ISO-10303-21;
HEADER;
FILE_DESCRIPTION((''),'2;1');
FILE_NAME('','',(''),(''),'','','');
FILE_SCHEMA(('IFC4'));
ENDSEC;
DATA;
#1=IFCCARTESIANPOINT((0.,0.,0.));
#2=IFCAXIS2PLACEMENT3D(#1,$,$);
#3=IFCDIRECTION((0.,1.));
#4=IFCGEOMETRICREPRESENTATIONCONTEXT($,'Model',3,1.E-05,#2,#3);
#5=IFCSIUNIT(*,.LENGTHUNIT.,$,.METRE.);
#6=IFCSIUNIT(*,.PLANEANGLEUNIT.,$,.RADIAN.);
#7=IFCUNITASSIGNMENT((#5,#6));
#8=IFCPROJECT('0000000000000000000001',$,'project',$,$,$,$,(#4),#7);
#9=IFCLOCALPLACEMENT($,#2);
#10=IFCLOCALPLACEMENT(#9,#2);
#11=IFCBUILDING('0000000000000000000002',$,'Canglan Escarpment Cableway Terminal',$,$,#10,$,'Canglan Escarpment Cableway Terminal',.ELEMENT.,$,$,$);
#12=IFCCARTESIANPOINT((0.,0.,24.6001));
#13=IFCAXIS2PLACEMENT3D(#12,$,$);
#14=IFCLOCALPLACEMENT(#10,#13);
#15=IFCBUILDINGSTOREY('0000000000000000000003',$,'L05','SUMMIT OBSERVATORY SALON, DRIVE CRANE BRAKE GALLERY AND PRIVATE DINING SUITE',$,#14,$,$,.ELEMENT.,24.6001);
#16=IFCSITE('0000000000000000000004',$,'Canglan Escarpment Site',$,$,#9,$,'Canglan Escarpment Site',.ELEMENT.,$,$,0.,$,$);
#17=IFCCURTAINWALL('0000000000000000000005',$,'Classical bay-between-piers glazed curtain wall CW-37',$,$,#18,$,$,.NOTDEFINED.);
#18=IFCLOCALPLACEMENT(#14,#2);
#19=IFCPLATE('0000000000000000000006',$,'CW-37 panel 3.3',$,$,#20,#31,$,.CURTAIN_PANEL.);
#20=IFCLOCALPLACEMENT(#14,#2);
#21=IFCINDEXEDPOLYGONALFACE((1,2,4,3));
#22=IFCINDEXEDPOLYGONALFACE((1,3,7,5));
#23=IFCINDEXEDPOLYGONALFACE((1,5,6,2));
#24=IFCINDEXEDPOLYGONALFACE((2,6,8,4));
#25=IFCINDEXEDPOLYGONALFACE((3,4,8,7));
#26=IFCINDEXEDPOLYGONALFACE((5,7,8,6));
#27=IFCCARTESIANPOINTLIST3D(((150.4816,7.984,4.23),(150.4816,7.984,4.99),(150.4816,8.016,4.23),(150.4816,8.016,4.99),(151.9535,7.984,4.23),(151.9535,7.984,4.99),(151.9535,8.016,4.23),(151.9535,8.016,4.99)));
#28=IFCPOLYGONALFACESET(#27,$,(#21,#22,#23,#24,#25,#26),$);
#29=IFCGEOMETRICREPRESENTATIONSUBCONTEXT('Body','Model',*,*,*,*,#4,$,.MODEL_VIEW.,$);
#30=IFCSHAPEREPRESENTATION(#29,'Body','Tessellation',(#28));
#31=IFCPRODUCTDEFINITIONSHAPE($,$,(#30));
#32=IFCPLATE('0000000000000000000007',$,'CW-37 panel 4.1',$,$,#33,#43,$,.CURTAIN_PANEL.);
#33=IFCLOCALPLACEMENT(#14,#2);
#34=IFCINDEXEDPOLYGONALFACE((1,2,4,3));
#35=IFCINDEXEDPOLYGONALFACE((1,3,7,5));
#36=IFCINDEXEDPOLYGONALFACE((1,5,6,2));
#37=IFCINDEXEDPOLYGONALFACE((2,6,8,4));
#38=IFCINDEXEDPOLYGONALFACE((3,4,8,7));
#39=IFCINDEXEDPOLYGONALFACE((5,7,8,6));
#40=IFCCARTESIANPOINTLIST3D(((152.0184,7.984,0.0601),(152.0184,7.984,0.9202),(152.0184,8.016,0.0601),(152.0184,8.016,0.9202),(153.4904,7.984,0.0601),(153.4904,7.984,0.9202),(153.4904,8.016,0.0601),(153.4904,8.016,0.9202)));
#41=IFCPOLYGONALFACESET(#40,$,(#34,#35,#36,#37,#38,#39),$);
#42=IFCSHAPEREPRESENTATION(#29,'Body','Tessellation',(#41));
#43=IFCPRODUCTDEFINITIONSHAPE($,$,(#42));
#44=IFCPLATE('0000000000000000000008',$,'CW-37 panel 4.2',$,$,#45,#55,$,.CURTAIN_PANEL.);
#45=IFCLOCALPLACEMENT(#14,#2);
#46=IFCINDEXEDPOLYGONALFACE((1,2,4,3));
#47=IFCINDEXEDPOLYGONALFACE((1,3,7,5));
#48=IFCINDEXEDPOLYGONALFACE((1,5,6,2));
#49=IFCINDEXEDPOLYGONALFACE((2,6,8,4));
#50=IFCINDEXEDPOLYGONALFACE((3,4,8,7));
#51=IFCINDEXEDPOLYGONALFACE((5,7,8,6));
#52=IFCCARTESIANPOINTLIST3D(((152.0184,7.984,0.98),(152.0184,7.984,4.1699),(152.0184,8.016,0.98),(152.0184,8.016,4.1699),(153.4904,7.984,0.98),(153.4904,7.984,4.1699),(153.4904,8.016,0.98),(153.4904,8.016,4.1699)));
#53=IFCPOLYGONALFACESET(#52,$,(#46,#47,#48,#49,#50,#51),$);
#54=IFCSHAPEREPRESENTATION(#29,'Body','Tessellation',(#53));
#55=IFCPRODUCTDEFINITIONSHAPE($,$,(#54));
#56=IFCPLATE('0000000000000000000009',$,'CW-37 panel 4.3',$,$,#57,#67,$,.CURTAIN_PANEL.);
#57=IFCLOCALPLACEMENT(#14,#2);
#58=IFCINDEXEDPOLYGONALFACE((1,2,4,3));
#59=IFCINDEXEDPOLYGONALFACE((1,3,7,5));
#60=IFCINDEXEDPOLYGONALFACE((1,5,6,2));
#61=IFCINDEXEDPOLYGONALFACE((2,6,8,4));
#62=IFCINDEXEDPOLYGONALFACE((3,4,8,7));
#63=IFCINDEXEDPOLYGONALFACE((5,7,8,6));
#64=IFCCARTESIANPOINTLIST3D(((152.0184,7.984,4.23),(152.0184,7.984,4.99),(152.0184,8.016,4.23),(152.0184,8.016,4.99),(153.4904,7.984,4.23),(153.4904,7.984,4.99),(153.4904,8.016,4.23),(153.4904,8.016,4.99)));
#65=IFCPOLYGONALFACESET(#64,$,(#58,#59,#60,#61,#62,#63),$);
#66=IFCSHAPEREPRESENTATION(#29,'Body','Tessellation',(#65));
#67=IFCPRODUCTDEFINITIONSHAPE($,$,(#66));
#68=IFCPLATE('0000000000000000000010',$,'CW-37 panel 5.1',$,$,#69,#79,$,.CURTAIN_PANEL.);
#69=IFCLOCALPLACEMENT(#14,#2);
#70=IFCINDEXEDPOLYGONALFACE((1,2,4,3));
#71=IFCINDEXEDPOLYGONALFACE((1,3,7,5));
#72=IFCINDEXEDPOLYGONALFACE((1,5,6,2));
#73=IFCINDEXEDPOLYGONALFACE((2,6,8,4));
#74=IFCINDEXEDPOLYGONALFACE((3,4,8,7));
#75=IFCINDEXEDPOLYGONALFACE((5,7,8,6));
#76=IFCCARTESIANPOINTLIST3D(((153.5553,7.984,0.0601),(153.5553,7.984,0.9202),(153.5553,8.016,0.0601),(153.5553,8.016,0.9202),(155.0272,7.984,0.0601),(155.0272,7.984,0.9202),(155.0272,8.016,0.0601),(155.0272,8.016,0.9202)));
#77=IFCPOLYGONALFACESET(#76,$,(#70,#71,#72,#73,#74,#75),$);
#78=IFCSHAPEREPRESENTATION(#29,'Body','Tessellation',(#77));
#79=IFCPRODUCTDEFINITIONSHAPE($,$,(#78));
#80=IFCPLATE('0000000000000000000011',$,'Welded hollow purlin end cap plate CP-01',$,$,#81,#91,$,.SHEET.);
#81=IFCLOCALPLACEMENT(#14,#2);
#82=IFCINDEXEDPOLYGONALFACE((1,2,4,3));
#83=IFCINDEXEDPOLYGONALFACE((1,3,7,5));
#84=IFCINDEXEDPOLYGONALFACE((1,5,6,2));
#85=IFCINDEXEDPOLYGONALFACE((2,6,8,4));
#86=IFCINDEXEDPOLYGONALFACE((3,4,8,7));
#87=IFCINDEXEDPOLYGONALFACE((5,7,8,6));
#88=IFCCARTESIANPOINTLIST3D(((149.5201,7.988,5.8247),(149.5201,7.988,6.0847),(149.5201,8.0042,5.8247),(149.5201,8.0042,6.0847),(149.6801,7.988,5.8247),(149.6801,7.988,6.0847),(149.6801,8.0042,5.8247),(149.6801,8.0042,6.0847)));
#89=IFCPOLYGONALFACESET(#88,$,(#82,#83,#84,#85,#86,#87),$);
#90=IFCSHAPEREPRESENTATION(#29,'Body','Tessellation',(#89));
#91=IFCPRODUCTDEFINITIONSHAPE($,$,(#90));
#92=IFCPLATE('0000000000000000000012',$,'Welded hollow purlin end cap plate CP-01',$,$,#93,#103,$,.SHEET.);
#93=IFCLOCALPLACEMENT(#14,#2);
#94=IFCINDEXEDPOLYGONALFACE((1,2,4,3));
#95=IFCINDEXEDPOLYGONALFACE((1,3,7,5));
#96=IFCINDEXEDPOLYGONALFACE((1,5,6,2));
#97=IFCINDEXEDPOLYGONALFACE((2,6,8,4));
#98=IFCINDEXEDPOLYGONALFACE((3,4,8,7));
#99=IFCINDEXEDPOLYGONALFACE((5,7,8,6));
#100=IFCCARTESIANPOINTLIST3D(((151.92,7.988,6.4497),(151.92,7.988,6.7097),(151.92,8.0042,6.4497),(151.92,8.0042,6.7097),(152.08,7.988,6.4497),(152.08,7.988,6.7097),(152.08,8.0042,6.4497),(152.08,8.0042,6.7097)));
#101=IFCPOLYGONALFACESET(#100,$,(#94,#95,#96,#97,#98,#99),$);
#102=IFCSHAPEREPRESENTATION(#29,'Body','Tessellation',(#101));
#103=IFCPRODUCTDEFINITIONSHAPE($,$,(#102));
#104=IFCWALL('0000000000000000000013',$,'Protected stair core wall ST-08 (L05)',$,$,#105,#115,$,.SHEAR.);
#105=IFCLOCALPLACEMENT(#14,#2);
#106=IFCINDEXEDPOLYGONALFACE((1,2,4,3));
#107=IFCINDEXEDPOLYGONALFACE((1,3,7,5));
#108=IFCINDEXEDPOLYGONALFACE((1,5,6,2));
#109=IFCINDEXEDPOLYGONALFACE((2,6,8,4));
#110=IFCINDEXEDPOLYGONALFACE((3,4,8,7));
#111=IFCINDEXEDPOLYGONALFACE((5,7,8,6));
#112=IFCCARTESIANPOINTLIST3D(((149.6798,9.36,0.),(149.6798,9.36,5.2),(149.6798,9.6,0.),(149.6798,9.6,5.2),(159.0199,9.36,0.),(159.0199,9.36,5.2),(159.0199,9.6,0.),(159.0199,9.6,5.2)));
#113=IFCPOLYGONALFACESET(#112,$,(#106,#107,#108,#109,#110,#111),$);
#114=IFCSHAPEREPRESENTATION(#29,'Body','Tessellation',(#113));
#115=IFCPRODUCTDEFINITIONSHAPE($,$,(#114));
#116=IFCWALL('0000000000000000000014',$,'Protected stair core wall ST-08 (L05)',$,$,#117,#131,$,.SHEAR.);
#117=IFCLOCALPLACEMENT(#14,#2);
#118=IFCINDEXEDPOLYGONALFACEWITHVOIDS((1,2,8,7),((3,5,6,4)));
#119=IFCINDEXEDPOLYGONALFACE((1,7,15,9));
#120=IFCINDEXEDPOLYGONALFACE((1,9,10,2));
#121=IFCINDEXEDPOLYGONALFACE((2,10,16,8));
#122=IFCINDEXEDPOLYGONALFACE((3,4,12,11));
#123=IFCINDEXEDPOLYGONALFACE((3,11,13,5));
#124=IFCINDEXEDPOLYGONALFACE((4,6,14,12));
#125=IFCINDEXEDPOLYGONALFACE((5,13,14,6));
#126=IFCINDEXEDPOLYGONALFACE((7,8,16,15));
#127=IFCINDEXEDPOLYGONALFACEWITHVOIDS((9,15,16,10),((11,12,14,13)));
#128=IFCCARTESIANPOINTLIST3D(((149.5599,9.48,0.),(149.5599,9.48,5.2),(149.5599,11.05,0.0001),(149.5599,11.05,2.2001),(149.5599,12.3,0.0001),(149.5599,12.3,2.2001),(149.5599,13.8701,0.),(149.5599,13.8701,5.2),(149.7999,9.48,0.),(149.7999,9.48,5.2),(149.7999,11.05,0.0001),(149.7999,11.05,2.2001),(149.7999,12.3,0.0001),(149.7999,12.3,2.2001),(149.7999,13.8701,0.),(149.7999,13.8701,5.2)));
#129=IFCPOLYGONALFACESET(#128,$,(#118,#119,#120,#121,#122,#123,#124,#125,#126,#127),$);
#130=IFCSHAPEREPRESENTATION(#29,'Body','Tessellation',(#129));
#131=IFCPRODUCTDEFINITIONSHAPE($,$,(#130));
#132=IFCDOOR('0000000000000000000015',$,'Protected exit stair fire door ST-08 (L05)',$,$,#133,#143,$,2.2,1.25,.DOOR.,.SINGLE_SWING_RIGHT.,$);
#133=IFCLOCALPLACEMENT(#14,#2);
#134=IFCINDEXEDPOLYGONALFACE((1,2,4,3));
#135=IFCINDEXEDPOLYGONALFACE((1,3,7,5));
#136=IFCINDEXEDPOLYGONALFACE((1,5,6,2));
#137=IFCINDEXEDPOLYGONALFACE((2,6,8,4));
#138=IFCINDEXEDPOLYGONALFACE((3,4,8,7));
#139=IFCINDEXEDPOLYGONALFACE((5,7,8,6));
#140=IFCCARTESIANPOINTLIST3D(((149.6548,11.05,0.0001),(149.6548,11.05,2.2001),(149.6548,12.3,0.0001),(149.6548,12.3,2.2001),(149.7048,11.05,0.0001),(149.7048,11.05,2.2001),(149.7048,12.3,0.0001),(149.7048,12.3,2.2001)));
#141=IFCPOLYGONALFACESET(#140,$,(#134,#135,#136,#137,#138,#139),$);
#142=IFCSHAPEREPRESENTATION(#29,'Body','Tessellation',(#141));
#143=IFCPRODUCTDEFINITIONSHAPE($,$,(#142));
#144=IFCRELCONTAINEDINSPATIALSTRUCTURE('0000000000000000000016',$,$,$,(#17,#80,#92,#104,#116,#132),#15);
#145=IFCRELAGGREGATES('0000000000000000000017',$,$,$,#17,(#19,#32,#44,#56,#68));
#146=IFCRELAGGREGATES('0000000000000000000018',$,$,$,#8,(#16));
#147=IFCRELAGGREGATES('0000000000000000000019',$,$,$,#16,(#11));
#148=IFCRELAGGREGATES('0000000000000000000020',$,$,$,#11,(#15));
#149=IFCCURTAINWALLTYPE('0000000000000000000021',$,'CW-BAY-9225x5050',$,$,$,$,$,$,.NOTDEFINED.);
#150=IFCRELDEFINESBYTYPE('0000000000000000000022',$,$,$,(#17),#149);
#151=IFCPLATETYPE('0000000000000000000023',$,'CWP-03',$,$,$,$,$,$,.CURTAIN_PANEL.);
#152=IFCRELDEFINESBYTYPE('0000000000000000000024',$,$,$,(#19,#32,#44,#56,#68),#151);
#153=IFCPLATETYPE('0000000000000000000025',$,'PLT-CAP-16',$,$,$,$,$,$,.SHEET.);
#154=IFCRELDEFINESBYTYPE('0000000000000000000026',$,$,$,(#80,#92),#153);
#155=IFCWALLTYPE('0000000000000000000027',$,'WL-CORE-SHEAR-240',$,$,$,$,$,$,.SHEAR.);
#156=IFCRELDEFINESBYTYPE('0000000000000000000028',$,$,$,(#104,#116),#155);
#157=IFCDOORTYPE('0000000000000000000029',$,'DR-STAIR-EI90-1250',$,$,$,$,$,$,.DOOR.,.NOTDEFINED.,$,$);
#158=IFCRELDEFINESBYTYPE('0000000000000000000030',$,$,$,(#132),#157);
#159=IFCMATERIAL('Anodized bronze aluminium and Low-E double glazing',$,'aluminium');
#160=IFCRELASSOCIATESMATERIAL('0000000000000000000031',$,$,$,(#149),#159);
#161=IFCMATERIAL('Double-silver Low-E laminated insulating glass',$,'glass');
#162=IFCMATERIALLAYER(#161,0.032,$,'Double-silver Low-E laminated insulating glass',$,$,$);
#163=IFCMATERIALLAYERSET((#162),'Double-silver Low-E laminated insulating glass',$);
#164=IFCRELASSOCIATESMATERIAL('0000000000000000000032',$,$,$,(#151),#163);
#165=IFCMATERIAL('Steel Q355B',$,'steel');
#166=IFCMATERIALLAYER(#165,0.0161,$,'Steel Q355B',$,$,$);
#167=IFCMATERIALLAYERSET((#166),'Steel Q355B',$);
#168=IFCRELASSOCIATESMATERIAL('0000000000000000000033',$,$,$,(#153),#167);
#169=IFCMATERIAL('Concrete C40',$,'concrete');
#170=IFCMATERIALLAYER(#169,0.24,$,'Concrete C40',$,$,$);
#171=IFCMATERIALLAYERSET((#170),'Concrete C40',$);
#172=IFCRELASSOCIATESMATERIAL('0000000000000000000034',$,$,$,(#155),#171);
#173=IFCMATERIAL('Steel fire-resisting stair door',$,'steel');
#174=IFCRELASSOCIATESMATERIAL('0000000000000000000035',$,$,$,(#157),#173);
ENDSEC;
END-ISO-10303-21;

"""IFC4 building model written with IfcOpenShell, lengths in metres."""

from ifc_helpers import new_model, si_unit, direction, frame, frame_2d, origin, origin_2d, place, context, subcontext, project, spatial, rectangle, extrude, material, layer, layer_set, type_object, element, fill, aggregate, save


model = new_model("IFC4")

# Units and contexts
model_context = context("Model", 3, precision=1e-05, world=origin(), true_north=direction((0.0, 1.0)))
body_context = subcontext(model_context, "Body", "Model", "MODEL_VIEW")
ifc_project = project(units=[si_unit("LENGTHUNIT", "METRE"), si_unit("PLANEANGLEUNIT", "RADIAN")], contexts=[model_context])

# Site, building, storey
site_placement = place(None, origin())
site = spatial("IfcSite", under=ifc_project, at=site_placement, Name="Canglan Escarpment Site", LongName="Canglan Escarpment Site", CompositionType="ELEMENT", RefElevation=0.0)
building_placement = place(site_placement, origin())
building = spatial("IfcBuilding", under=site, at=building_placement, Name="Canglan Escarpment Cableway Terminal", LongName="Canglan Escarpment Cableway Terminal", CompositionType="ELEMENT")
storey_placement = place(building_placement, frame((0.0, 0.0, 24.6001)))
storey = spatial("IfcBuildingStorey", under=building, at=storey_placement, Name="L05", Description="SUMMIT OBSERVATORY SALON, DRIVE CRANE BRAKE GALLERY AND PRIVATE DINING SUITE", CompositionType="ELEMENT", Elevation=24.6001)

# Curtain wall
ifc_material_1 = material(Name="Anodized bronze aluminium and Low-E double glazing", Category="aluminium")
curtain_wall_type = type_object("IfcCurtainWallType", Name="CW-BAY-9225x5050", PredefinedType="NOTDEFINED", material=ifc_material_1)
curtain_wall_placement = place(storey_placement, origin())
curtain_wall = element("IfcCurtainWall", 1, at=curtain_wall_placement, inside=storey, type_object=curtain_wall_type, Name="Classical bay-between-piers glazed curtain wall CW-37", PredefinedType="NOTDEFINED")

# Shared definitions
ifc_material_2 = material(Name="Steel Q355B", Category="steel")

# Plates
ifc_material_3 = material(Name="Double-silver Low-E laminated insulating glass", Category="glass")
ifc_layer_1 = layer(ifc_material_3, 0.032, Name="Double-silver Low-E laminated insulating glass")
ifc_layer_set_1 = layer_set([ifc_layer_1], Name="Double-silver Low-E laminated insulating glass")
plate_type_1 = type_object("IfcPlateType", Name="CWP-03", PredefinedType="CURTAIN_PANEL", material=ifc_layer_set_1)
plate_1_placement = place(storey_placement, frame((151.2175, 8.0, 4.23), z_axis=(0.0, 0.0, 1.0), x_axis=(1.0, 0.0, 0.0)))
plate_1 = element("IfcPlate", 2, at=plate_1_placement, type_object=plate_type_1, Name="CW-37 panel 3.3", PredefinedType="CURTAIN_PANEL", context=body_context, shape_type="SweptSolid", body=[
    extrude(rectangle(XDim=1.4719, YDim=0.032, at=origin_2d()), origin(), (0.0, 0.0, 1.0), 0.76),
])
plate_2_placement = place(storey_placement, frame((152.7544, 8.0, 0.0601), z_axis=(0.0, 0.0, 1.0), x_axis=(1.0, 0.0, 0.0)))
plate_2 = element("IfcPlate", 3, at=plate_2_placement, type_object=plate_type_1, Name="CW-37 panel 4.1", PredefinedType="CURTAIN_PANEL", context=body_context, shape_type="SweptSolid", body=[
    extrude(rectangle(XDim=1.4719, YDim=0.032, at=origin_2d()), origin(), (0.0, 0.0, 1.0), 0.8601),
])
plate_3_placement = place(storey_placement, frame((152.7544, 8.0, 0.98), z_axis=(0.0, 0.0, 1.0), x_axis=(1.0, 0.0, 0.0)))
plate_3 = element("IfcPlate", 4, at=plate_3_placement, type_object=plate_type_1, Name="CW-37 panel 4.2", PredefinedType="CURTAIN_PANEL", context=body_context, shape_type="SweptSolid", body=[
    extrude(rectangle(XDim=1.4719, YDim=0.032, at=origin_2d()), origin(), (0.0, 0.0, 1.0), 3.1899),
])
plate_4_placement = place(storey_placement, frame((152.7544, 8.0, 4.23), z_axis=(0.0, 0.0, 1.0), x_axis=(1.0, 0.0, 0.0)))
plate_4 = element("IfcPlate", 5, at=plate_4_placement, type_object=plate_type_1, Name="CW-37 panel 4.3", PredefinedType="CURTAIN_PANEL", context=body_context, shape_type="SweptSolid", body=[
    extrude(rectangle(XDim=1.4719, YDim=0.032, at=origin_2d()), origin(), (0.0, 0.0, 1.0), 0.76),
])
plate_5_placement = place(storey_placement, frame((154.2913, 8.0, 0.0601), z_axis=(0.0, 0.0, 1.0), x_axis=(1.0, 0.0, 0.0)))
plate_5 = element("IfcPlate", 6, at=plate_5_placement, type_object=plate_type_1, Name="CW-37 panel 5.1", PredefinedType="CURTAIN_PANEL", context=body_context, shape_type="SweptSolid", body=[
    extrude(rectangle(XDim=1.4719, YDim=0.032, at=origin_2d()), origin(), (0.0, 0.0, 1.0), 0.8601),
])
aggregate(curtain_wall, [plate_1, plate_2, plate_3, plate_4, plate_5])

# Plates
ifc_layer_2 = layer(ifc_material_2, 0.0161, Name="Steel Q355B")
ifc_layer_set_2 = layer_set([ifc_layer_2], Name="Steel Q355B")
plate_type_2 = type_object("IfcPlateType", Name="PLT-CAP-16", PredefinedType="SHEET", material=ifc_layer_set_2)
for number, where, z_axis, x_axis, name in (
    (7, (149.6001, 7.9961, 5.8247), (0.0, 0.0, 1.0), (1.0, 0.0, 0.0), "Welded hollow purlin end cap plate CP-01"),
    (8, (152.0, 7.9961, 6.4497), (0.0, 0.0, 1.0), (1.0, 0.0, 0.0), "Welded hollow purlin end cap plate CP-01"),
):
    element("IfcPlate", number, at=place(storey_placement, frame(where, z_axis=z_axis, x_axis=x_axis)), inside=storey, type_object=plate_type_2, Name=name, PredefinedType="SHEET", context=body_context, shape_type="SweptSolid", body=[
        extrude(rectangle(XDim=0.1599, YDim=0.0161, at=origin_2d()), origin(), (0.0, 0.0, 1.0), 0.26),
    ])

# Wall
ifc_material_4 = material(Name="Concrete C40", Category="concrete")
ifc_layer_3 = layer(ifc_material_4, 0.24, Name="Concrete C40")
ifc_layer_set_3 = layer_set([ifc_layer_3], Name="Concrete C40")
wall_type = type_object("IfcWallType", Name="WL-CORE-SHEAR-240", PredefinedType="SHEAR", material=ifc_layer_set_3)
wall_1_placement = place(storey_placement, frame((149.6799, 9.48, 0.0), z_axis=(0.0, 0.0, 1.0), x_axis=(1.0, 0.0, 0.0)))
element("IfcWall", 9, at=wall_1_placement, inside=storey, type_object=wall_type, Name="Protected stair core wall ST-08 (L05)", PredefinedType="SHEAR", context=body_context, shape_type="SweptSolid", body=[
    extrude(rectangle(XDim=9.3401, YDim=0.24, at=frame_2d((4.6699, 0.0))), origin(), (0.0, 0.0, 1.0), 5.2),
])

# Wall, opening, door
wall_2_placement = place(storey_placement, frame((149.6799, 13.8701, 0.0), z_axis=(0.0, 0.0, 1.0), x_axis=(0.0, -1.0, 0.0)))
wall_2 = element("IfcWall", 10, at=wall_2_placement, inside=storey, type_object=wall_type, Name="Protected stair core wall ST-08 (L05)", PredefinedType="SHEAR", context=body_context, shape_type="SweptSolid", body=[
    extrude(rectangle(XDim=4.3901, YDim=0.24, at=frame_2d((2.1951, 0.0))), origin(), (0.0, 0.0, 1.0), 5.2),
])
opening_placement = place(wall_2_placement, frame((1.5701, 0.0, 0.0)))
opening = element("IfcOpeningElement", 11, at=opening_placement, cuts=wall_2, PredefinedType="OPENING", context=body_context, shape_type="SweptSolid", body=[
    extrude(rectangle(XDim=1.25, YDim=2.2, at=frame_2d((0.625, 1.1001))), frame((0.0, 0.1299, 0.0), z_axis=(0.0, -1.0, 0.0), x_axis=(1.0, 0.0, 0.0)), (0.0, 0.0, 1.0), 0.26),
])
ifc_material_5 = material(Name="Steel fire-resisting stair door", Category="steel")
door_type = type_object("IfcDoorType", Name="DR-STAIR-EI90-1250", OperationType="NOTDEFINED", PredefinedType="DOOR", material=ifc_material_5)
door_placement = place(opening_placement, origin())
door = element("IfcDoor", 12, at=door_placement, inside=storey, type_object=door_type, Name="Protected exit stair fire door ST-08 (L05)", OperationType="SINGLE_SWING_RIGHT", OverallHeight=2.2, OverallWidth=1.25, PredefinedType="DOOR", context=body_context, shape_type="SweptSolid", body=[
    extrude(rectangle(XDim=1.25, YDim=2.2, at=frame_2d((0.625, 1.1001))), frame((0.0, 0.0249, 0.0), z_axis=(0.0, -1.0, 0.0), x_axis=(1.0, 0.0, 0.0)), (0.0, 0.0, 1.0), 0.05),
])
fill(opening, door)

save(model, "model.ifc")
